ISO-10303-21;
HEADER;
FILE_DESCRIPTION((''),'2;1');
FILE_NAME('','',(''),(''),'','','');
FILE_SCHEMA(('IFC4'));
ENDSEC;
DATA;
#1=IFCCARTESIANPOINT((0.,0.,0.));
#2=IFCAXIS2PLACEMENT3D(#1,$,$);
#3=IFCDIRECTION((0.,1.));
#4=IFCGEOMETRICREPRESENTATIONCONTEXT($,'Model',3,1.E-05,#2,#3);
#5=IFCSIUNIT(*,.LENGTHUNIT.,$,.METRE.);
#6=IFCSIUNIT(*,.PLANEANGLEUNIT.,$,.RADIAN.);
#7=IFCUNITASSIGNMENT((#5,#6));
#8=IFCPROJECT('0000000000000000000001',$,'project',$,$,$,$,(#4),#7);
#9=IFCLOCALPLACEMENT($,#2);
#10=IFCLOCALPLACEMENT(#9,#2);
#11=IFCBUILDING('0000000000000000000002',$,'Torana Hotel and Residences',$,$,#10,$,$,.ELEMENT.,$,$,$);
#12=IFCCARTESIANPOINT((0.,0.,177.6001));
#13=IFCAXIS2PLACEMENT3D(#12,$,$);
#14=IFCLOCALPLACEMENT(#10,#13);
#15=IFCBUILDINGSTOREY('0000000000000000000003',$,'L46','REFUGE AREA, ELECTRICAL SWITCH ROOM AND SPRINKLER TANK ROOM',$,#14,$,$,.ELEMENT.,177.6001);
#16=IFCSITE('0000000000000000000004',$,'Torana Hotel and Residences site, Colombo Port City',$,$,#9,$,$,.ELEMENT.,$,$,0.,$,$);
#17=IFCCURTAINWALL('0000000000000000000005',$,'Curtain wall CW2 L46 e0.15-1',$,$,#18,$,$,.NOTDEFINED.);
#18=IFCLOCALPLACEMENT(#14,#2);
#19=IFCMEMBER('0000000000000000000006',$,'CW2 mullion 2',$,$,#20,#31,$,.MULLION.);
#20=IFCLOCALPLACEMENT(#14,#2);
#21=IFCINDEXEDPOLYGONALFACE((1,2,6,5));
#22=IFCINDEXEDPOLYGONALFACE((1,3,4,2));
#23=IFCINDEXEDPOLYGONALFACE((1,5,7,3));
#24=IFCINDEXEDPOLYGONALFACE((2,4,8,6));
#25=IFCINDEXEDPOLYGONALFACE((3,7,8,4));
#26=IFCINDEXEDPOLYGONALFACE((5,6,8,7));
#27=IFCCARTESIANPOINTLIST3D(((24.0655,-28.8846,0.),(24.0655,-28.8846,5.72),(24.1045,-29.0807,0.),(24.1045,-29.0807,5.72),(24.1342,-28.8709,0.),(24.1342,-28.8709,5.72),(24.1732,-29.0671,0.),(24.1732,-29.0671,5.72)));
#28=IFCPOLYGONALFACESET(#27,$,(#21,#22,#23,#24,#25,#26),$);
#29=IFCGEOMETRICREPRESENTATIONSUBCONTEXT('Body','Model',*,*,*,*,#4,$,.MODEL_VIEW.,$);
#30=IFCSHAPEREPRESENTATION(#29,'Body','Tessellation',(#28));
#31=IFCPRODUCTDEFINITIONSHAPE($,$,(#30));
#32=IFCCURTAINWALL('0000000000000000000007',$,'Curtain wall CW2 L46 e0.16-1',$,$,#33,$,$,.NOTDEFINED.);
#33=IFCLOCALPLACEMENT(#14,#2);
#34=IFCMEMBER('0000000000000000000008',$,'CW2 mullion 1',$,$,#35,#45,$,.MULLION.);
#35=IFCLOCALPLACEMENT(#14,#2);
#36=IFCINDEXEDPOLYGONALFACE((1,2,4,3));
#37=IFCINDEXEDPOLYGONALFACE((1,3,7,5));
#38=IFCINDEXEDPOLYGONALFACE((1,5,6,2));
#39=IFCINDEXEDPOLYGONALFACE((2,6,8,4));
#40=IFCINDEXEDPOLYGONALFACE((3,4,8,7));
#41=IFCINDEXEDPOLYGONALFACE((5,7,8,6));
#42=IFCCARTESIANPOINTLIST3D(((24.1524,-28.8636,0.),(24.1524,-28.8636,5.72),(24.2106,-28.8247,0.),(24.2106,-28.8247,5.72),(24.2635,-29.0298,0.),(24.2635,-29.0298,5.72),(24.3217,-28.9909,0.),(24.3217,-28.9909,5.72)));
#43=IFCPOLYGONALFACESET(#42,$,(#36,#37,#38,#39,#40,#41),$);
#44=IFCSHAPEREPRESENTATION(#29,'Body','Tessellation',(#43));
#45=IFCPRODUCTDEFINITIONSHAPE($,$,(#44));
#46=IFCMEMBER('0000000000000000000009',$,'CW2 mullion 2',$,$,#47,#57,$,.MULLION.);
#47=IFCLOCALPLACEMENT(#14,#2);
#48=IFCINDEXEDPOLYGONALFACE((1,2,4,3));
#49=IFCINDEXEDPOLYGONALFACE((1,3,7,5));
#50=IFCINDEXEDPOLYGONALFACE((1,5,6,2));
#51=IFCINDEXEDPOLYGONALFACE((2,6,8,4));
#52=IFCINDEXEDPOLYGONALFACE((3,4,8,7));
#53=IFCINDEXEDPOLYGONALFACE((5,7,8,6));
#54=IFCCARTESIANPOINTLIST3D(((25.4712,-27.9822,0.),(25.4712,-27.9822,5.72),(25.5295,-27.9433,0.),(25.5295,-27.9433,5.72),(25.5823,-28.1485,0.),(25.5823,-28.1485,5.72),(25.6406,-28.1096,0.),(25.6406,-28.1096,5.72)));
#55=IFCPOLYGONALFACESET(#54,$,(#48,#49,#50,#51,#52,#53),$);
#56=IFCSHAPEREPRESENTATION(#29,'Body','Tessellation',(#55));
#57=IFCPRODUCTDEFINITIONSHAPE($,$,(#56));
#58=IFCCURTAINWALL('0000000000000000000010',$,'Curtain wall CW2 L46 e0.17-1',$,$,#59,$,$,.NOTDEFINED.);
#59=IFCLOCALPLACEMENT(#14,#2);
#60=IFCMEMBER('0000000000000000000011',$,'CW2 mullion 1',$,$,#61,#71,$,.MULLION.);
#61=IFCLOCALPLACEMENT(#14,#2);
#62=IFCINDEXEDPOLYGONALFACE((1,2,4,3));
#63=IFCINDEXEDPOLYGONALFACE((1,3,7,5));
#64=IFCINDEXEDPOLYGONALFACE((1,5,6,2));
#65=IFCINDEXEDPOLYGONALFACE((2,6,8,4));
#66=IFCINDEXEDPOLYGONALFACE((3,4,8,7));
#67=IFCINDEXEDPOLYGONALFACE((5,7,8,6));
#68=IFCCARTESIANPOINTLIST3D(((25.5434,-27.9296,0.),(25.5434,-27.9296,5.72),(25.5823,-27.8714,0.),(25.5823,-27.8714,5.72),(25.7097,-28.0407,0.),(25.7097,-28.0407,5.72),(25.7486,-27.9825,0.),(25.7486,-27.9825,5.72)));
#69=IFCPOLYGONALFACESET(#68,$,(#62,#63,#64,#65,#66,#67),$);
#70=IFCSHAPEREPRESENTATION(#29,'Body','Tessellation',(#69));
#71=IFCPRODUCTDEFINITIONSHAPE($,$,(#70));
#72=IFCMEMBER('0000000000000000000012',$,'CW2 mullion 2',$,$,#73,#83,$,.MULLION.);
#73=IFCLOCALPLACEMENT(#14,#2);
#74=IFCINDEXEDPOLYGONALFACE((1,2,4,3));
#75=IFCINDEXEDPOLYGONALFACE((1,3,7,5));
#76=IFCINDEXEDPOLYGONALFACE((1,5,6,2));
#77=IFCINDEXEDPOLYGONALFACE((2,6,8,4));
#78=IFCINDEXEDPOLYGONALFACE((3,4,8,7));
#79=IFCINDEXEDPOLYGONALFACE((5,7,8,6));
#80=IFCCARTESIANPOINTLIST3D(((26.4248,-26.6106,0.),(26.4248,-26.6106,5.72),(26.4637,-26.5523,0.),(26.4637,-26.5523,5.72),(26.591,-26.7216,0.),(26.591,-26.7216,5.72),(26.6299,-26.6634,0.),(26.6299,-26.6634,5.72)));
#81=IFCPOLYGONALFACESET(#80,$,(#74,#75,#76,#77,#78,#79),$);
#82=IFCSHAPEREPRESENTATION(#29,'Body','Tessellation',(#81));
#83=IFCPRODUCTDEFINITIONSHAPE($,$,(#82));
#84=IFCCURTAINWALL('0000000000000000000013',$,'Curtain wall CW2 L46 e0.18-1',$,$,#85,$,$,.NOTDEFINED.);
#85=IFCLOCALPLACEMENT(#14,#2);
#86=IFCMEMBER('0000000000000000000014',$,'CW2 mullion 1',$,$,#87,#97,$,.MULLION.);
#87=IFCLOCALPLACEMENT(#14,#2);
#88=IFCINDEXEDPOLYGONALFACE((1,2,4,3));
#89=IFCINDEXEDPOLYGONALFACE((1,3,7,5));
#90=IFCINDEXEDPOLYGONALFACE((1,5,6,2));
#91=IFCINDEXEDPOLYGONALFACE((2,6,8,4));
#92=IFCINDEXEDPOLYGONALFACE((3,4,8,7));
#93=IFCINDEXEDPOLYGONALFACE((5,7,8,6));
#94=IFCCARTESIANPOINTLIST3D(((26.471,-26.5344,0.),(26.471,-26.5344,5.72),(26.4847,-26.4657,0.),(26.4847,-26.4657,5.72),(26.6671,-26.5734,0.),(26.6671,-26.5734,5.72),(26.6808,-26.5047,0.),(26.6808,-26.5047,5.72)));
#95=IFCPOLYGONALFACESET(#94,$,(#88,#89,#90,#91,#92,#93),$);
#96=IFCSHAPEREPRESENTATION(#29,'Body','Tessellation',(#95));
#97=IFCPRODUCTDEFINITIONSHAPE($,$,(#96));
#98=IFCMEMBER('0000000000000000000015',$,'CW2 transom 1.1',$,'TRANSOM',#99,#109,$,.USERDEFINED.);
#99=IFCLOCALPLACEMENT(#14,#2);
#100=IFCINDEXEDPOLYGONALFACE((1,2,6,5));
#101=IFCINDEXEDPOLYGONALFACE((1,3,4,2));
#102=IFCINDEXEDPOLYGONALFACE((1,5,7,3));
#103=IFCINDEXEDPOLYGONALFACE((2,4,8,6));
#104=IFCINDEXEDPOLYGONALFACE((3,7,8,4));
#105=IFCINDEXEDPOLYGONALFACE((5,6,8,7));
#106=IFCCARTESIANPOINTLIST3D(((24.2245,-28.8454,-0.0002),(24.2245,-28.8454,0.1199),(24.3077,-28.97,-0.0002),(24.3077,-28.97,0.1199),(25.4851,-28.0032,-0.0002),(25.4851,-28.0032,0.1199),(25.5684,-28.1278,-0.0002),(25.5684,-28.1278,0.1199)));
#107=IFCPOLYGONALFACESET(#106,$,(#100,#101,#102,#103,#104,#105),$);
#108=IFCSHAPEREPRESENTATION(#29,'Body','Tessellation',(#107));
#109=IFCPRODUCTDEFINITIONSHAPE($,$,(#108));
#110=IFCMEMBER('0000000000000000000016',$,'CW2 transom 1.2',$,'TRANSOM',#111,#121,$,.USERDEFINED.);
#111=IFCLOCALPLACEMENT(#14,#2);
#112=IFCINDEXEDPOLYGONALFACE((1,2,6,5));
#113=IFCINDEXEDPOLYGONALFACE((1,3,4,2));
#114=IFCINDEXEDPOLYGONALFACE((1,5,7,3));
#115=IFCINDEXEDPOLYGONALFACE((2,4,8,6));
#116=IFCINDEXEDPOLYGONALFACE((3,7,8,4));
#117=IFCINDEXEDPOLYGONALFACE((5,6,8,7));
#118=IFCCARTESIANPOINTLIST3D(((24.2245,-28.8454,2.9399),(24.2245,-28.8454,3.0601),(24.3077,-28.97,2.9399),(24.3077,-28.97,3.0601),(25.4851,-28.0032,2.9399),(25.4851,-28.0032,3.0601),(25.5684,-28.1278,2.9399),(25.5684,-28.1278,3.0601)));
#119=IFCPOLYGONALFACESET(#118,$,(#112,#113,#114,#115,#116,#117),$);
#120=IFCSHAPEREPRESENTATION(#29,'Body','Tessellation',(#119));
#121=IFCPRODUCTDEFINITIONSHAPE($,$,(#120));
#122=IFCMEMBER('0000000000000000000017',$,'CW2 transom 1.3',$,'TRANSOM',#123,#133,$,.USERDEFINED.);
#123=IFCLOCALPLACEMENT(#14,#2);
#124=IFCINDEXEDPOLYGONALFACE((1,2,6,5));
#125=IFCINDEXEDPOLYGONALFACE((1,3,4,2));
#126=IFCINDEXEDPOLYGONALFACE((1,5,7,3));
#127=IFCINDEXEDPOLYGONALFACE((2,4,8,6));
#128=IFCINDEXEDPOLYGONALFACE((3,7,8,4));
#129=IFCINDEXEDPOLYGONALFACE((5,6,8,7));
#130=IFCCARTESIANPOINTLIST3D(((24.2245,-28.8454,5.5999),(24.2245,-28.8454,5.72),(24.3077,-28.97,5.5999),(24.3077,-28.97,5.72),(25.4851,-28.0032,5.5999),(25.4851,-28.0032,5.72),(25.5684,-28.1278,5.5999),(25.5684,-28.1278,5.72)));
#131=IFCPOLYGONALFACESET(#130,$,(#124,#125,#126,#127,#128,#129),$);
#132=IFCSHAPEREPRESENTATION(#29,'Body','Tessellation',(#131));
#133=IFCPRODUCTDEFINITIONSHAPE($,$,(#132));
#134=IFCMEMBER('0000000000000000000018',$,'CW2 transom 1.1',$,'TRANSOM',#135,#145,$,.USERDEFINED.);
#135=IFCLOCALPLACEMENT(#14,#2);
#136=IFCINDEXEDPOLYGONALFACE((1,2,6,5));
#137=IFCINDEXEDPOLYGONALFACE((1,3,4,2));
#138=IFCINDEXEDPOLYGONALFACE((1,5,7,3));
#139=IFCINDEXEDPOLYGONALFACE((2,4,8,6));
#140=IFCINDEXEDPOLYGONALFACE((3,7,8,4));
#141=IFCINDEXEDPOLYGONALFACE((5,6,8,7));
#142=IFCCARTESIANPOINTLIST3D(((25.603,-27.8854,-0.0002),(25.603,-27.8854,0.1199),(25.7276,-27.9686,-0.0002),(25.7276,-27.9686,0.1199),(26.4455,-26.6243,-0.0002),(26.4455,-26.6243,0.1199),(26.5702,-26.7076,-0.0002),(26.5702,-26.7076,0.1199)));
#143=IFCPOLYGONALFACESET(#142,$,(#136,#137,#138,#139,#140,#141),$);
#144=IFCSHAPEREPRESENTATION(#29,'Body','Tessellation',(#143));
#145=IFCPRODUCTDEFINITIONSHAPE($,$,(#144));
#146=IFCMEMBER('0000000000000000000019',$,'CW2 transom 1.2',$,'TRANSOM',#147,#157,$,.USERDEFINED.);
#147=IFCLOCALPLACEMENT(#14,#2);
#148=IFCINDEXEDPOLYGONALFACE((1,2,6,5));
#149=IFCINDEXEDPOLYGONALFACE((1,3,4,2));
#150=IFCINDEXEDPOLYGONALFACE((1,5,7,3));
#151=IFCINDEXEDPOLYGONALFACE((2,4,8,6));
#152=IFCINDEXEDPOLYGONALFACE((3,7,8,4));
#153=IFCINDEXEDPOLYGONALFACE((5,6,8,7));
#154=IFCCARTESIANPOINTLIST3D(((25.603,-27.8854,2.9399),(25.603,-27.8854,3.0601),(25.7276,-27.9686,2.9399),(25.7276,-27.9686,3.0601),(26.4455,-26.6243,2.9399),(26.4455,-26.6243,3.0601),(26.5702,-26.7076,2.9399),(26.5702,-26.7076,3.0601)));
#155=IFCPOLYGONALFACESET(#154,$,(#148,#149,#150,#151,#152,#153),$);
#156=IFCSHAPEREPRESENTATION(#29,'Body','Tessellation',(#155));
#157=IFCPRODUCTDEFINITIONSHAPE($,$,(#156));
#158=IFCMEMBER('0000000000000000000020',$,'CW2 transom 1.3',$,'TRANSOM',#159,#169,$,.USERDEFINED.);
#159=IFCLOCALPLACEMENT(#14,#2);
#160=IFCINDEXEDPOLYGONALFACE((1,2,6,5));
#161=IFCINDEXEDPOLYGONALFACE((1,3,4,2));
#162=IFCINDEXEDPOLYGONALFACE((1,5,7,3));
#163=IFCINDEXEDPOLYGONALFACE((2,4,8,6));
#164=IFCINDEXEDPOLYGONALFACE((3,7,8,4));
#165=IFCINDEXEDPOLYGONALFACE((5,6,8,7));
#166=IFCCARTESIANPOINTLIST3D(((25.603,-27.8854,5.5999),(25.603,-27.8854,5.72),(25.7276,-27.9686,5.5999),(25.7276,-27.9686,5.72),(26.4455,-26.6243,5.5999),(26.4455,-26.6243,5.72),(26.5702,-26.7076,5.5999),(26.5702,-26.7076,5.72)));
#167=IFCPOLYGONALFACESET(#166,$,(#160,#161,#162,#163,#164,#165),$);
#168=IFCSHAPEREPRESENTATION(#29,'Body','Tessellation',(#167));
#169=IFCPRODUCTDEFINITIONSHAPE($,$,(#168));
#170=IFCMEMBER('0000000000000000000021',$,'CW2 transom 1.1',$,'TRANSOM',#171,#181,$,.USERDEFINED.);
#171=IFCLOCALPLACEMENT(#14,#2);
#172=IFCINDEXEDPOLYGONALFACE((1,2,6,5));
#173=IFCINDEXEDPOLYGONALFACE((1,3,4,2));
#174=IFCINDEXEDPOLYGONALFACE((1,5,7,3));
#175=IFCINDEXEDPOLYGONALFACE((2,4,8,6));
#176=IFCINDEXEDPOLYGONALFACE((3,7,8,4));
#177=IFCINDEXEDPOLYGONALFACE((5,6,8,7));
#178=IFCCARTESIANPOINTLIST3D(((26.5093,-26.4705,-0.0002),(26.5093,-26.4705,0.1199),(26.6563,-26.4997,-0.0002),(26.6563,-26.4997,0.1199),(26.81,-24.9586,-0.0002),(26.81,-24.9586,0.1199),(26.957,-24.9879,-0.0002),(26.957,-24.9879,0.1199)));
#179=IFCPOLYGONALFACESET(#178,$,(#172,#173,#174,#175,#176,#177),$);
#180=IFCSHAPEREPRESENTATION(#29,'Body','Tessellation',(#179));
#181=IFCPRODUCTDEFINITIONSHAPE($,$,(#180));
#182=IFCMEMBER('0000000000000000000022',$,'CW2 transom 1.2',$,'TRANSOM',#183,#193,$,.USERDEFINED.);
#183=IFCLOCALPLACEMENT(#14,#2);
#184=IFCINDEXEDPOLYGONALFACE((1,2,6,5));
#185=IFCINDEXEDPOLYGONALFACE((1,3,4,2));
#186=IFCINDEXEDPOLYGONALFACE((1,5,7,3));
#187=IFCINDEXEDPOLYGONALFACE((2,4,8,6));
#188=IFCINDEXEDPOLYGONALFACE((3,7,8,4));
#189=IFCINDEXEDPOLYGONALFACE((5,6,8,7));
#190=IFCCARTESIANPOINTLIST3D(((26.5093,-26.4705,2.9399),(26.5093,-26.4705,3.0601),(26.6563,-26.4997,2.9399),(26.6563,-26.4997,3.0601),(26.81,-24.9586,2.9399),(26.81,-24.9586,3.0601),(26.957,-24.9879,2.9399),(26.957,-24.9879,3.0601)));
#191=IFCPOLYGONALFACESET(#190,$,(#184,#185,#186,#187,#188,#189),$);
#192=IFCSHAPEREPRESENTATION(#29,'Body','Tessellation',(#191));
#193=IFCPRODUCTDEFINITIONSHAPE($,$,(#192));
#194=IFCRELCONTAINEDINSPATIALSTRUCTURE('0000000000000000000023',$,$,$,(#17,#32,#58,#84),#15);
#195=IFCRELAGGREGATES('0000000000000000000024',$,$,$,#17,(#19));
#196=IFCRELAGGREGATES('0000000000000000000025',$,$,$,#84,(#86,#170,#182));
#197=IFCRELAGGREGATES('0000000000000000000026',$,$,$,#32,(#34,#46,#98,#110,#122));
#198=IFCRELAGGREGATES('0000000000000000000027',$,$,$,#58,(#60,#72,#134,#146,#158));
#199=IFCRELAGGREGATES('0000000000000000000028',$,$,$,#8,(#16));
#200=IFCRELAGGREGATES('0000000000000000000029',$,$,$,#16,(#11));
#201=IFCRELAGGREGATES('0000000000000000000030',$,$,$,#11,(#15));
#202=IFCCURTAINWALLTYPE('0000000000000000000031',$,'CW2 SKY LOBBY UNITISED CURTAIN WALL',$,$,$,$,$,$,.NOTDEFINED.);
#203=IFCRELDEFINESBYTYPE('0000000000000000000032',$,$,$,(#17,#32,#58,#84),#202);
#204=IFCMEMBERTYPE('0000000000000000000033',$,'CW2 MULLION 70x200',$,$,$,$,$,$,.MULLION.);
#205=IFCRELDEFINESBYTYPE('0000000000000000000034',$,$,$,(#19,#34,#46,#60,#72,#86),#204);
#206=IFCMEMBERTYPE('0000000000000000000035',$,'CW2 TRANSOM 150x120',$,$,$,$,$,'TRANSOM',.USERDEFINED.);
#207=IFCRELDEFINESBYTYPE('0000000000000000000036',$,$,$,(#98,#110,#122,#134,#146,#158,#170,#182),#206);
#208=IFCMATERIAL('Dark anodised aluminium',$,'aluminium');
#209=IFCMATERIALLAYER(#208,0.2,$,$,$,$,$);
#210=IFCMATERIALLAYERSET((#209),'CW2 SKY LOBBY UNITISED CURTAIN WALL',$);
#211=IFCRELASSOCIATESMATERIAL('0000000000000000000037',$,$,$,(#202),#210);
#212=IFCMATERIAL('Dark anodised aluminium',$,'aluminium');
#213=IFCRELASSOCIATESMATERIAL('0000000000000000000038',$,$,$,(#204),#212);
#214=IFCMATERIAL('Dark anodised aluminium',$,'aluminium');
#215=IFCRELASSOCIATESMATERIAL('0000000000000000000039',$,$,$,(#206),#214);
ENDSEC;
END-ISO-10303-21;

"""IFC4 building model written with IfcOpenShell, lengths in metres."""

from ifc_helpers import new_model, si_unit, direction, frame, origin, origin_2d, place, context, subcontext, project, spatial, rectangle, extrude, material, layer, layer_set, material_profile, profile_set, type_object, element, aggregate, save


model = new_model("IFC4")

# Units and contexts
model_context = context("Model", 3, precision=1e-05, world=origin(), true_north=direction((0.0, 1.0)))
body_context = subcontext(model_context, "Body", "Model", "MODEL_VIEW")
ifc_project = project(units=[si_unit("LENGTHUNIT", "METRE"), si_unit("PLANEANGLEUNIT", "RADIAN")], contexts=[model_context])

# Site, building, storey
site_placement = place(None, origin())
site = spatial("IfcSite", under=ifc_project, at=site_placement, Name="Torana Hotel and Residences site, Colombo Port City", CompositionType="ELEMENT", RefElevation=0.0)
building_placement = place(site_placement, origin())
building = spatial("IfcBuilding", under=site, at=building_placement, Name="Torana Hotel and Residences", CompositionType="ELEMENT")
storey_placement = place(building_placement, frame((0.0, 0.0, 177.6001)))
storey = spatial("IfcBuildingStorey", under=building, at=storey_placement, Name="L46", Description="REFUGE AREA, ELECTRICAL SWITCH ROOM AND SPRINKLER TANK ROOM", CompositionType="ELEMENT", Elevation=177.6001)

# Curtain wall, member
ifc_material_1 = material(Name="Dark anodised aluminium", Category="aluminium")
ifc_layer_1 = layer(ifc_material_1, 0.2)
ifc_layer_set_1 = layer_set([ifc_layer_1], Name="CW2 SKY LOBBY UNITISED CURTAIN WALL")
curtain_wall_type = type_object("IfcCurtainWallType", Name="CW2 SKY LOBBY UNITISED CURTAIN WALL", PredefinedType="NOTDEFINED", material=ifc_layer_set_1)
curtain_wall_1_placement = place(storey_placement, origin())
curtain_wall_1 = element("IfcCurtainWall", 1, at=curtain_wall_1_placement, inside=storey, type_object=curtain_wall_type, Name="Curtain wall CW2 L46 e0.15-1", PredefinedType="NOTDEFINED")
ifc_material_2 = material(Name="Dark anodised aluminium", Category="aluminium")
ifc_material_profile_1 = material_profile(ifc_material_2, rectangle(XDim=0.2, YDim=0.0701, at=origin_2d()), Name="CW2 MULLION 70x200")
ifc_profile_set_1 = profile_set([ifc_material_profile_1], Name="Dark anodised aluminium")
member_type_1 = type_object("IfcMemberType", Name="CW2 MULLION 70x200", PredefinedType="MULLION", material=ifc_profile_set_1)
member_1_placement = place(storey_placement, frame((24.1194, -28.9758, 0.0), z_axis=(0.0, 0.0, 1.0), x_axis=(-0.195064, 0.980791, 0.0)))
member_1 = element("IfcMember", 2, at=member_1_placement, type_object=member_type_1, Name="CW2 mullion 2", PredefinedType="MULLION", context=body_context, shape_type="SweptSolid", body=[
    extrude(rectangle(XDim=0.2, YDim=0.0701, at=origin_2d()), origin(), (0.0, 0.0, 1.0), 5.72),
])
aggregate(curtain_wall_1, [member_1])

# Curtain walls, members
curtain_wall_2_placement = place(storey_placement, origin())
curtain_wall_2 = element("IfcCurtainWall", 3, at=curtain_wall_2_placement, inside=storey, type_object=curtain_wall_type, Name="Curtain wall CW2 L46 e0.16-1", PredefinedType="NOTDEFINED")
member_2_placement = place(storey_placement, frame((24.2371, -28.9272, 0.0), z_axis=(0.0, 0.0, 1.0), x_axis=(-0.555564, 0.831474, 0.0)))
member_2 = element("IfcMember", 4, at=member_2_placement, type_object=member_type_1, Name="CW2 mullion 1", PredefinedType="MULLION", context=body_context, shape_type="SweptSolid", body=[
    extrude(rectangle(XDim=0.2, YDim=0.0701, at=origin_2d()), origin(), (0.0, 0.0, 1.0), 5.72),
])
member_3_placement = place(storey_placement, frame((25.5559, -28.0459, 0.0), z_axis=(0.0, 0.0, 1.0), x_axis=(-0.555564, 0.831474, 0.0)))
member_3 = element("IfcMember", 5, at=member_3_placement, type_object=member_type_1, Name="CW2 mullion 2", PredefinedType="MULLION", context=body_context, shape_type="SweptSolid", body=[
    extrude(rectangle(XDim=0.2, YDim=0.0701, at=origin_2d()), origin(), (0.0, 0.0, 1.0), 5.72),
])
curtain_wall_3_placement = place(storey_placement, origin())
curtain_wall_3 = element("IfcCurtainWall", 6, at=curtain_wall_3_placement, inside=storey, type_object=curtain_wall_type, Name="Curtain wall CW2 L46 e0.17-1", PredefinedType="NOTDEFINED")
member_4_placement = place(storey_placement, frame((25.646, -27.9561, 0.0), z_axis=(0.0, 0.0, 1.0), x_axis=(-0.831474, 0.555564, 0.0)))
member_4 = element("IfcMember", 7, at=member_4_placement, type_object=member_type_1, Name="CW2 mullion 1", PredefinedType="MULLION", context=body_context, shape_type="SweptSolid", body=[
    extrude(rectangle(XDim=0.2, YDim=0.0701, at=origin_2d()), origin(), (0.0, 0.0, 1.0), 5.72),
])
member_5_placement = place(storey_placement, frame((26.5273, -26.637, 0.0), z_axis=(0.0, 0.0, 1.0), x_axis=(-0.831474, 0.555564, 0.0)))
member_5 = element("IfcMember", 8, at=member_5_placement, type_object=member_type_1, Name="CW2 mullion 2", PredefinedType="MULLION", context=body_context, shape_type="SweptSolid", body=[
    extrude(rectangle(XDim=0.2, YDim=0.0701, at=origin_2d()), origin(), (0.0, 0.0, 1.0), 5.72),
])

# Curtain wall, member
curtain_wall_4_placement = place(storey_placement, origin())
curtain_wall_4 = element("IfcCurtainWall", 9, at=curtain_wall_4_placement, inside=storey, type_object=curtain_wall_type, Name="Curtain wall CW2 L46 e0.18-1", PredefinedType="NOTDEFINED")
member_6_placement = place(storey_placement, frame((26.5759, -26.5195, 0.0), z_axis=(0.0, 0.0, 1.0), x_axis=(-0.980791, 0.195064, 0.0)))
member_6 = element("IfcMember", 10, at=member_6_placement, type_object=member_type_1, Name="CW2 mullion 1", PredefinedType="MULLION", context=body_context, shape_type="SweptSolid", body=[
    extrude(rectangle(XDim=0.2, YDim=0.0701, at=origin_2d()), origin(), (0.0, 0.0, 1.0), 5.72),
])

# Members
ifc_material_3 = material(Name="Dark anodised aluminium", Category="aluminium")
ifc_material_profile_2 = material_profile(ifc_material_3, rectangle(XDim=0.1499, YDim=0.1201, at=origin_2d()), Name="CW2 TRANSOM 150x120")
ifc_profile_set_2 = profile_set([ifc_material_profile_2], Name="Dark anodised aluminium")
member_type_2 = type_object("IfcMemberType", Name="CW2 TRANSOM 150x120", ElementType="TRANSOM", PredefinedType="USERDEFINED", material=ifc_profile_set_2)
member_7_placement = place(storey_placement, frame((24.2661, -28.9077, 0.0598), z_axis=(0.831505, 0.555517, 0.0), x_axis=(-0.555517, 0.831505, 0.0)))
member_7 = element("IfcMember", 11, at=member_7_placement, type_object=member_type_2, Name="CW2 transom 1.1", ObjectType="TRANSOM", PredefinedType="USERDEFINED", context=body_context, shape_type="SweptSolid", body=[
    extrude(rectangle(XDim=0.1499, YDim=0.1201, at=origin_2d()), origin(), (0.0, 0.0, 1.0), 1.5161),
])
member_8_placement = place(storey_placement, frame((24.2661, -28.9077, 3.0), z_axis=(0.831505, 0.555517, 0.0), x_axis=(-0.555517, 0.831505, 0.0)))
member_8 = element("IfcMember", 12, at=member_8_placement, type_object=member_type_2, Name="CW2 transom 1.2", ObjectType="TRANSOM", PredefinedType="USERDEFINED", context=body_context, shape_type="SweptSolid", body=[
    extrude(rectangle(XDim=0.1499, YDim=0.1201, at=origin_2d()), origin(), (0.0, 0.0, 1.0), 1.5161),
])
member_9_placement = place(storey_placement, frame((24.2661, -28.9077, 5.6599), z_axis=(0.831505, 0.555517, 0.0), x_axis=(-0.555517, 0.831505, 0.0)))
member_9 = element("IfcMember", 13, at=member_9_placement, type_object=member_type_2, Name="CW2 transom 1.3", ObjectType="TRANSOM", PredefinedType="USERDEFINED", context=body_context, shape_type="SweptSolid", body=[
    extrude(rectangle(XDim=0.1499, YDim=0.1201, at=origin_2d()), origin(), (0.0, 0.0, 1.0), 1.5161),
])
member_10_placement = place(storey_placement, frame((25.6653, -27.927, 0.0598), z_axis=(0.555554, 0.83148, 0.0), x_axis=(-0.83148, 0.555554, 0.0)))
member_10 = element("IfcMember", 14, at=member_10_placement, type_object=member_type_2, Name="CW2 transom 1.1", ObjectType="TRANSOM", PredefinedType="USERDEFINED", context=body_context, shape_type="SweptSolid", body=[
    extrude(rectangle(XDim=0.1499, YDim=0.1201, at=origin_2d()), origin(), (0.0, 0.0, 1.0), 1.5166),
])
member_11_placement = place(storey_placement, frame((25.6653, -27.927, 3.0), z_axis=(0.555554, 0.83148, 0.0), x_axis=(-0.83148, 0.555554, 0.0)))
member_11 = element("IfcMember", 15, at=member_11_placement, type_object=member_type_2, Name="CW2 transom 1.2", ObjectType="TRANSOM", PredefinedType="USERDEFINED", context=body_context, shape_type="SweptSolid", body=[
    extrude(rectangle(XDim=0.1499, YDim=0.1201, at=origin_2d()), origin(), (0.0, 0.0, 1.0), 1.5166),
])
member_12_placement = place(storey_placement, frame((25.6653, -27.927, 5.6599), z_axis=(0.555554, 0.83148, 0.0), x_axis=(-0.83148, 0.555554, 0.0)))
member_12 = element("IfcMember", 16, at=member_12_placement, type_object=member_type_2, Name="CW2 transom 1.3", ObjectType="TRANSOM", PredefinedType="USERDEFINED", context=body_context, shape_type="SweptSolid", body=[
    extrude(rectangle(XDim=0.1499, YDim=0.1201, at=origin_2d()), origin(), (0.0, 0.0, 1.0), 1.5166),
])
member_13_placement = place(storey_placement, frame((26.5828, -26.4851, 0.0598), z_axis=(0.195111, 0.980781, 0.0), x_axis=(-0.980781, 0.195111, 0.0)))
member_13 = element("IfcMember", 17, at=member_13_placement, type_object=member_type_2, Name="CW2 transom 1.1", ObjectType="TRANSOM", PredefinedType="USERDEFINED", context=body_context, shape_type="SweptSolid", body=[
    extrude(rectangle(XDim=0.1499, YDim=0.1201, at=origin_2d()), origin(), (0.0, 0.0, 1.0), 1.5415),
])
member_14_placement = place(storey_placement, frame((26.5828, -26.4851, 3.0), z_axis=(0.195111, 0.980781, 0.0), x_axis=(-0.980781, 0.195111, 0.0)))
member_14 = element("IfcMember", 18, at=member_14_placement, type_object=member_type_2, Name="CW2 transom 1.2", ObjectType="TRANSOM", PredefinedType="USERDEFINED", context=body_context, shape_type="SweptSolid", body=[
    extrude(rectangle(XDim=0.1499, YDim=0.1201, at=origin_2d()), origin(), (0.0, 0.0, 1.0), 1.5415),
])
aggregate(curtain_wall_4, [member_6, member_13, member_14])

aggregate(curtain_wall_2, [member_2, member_3, member_7, member_8, member_9])
aggregate(curtain_wall_3, [member_4, member_5, member_10, member_11, member_12])

save(model, "model.ifc")
